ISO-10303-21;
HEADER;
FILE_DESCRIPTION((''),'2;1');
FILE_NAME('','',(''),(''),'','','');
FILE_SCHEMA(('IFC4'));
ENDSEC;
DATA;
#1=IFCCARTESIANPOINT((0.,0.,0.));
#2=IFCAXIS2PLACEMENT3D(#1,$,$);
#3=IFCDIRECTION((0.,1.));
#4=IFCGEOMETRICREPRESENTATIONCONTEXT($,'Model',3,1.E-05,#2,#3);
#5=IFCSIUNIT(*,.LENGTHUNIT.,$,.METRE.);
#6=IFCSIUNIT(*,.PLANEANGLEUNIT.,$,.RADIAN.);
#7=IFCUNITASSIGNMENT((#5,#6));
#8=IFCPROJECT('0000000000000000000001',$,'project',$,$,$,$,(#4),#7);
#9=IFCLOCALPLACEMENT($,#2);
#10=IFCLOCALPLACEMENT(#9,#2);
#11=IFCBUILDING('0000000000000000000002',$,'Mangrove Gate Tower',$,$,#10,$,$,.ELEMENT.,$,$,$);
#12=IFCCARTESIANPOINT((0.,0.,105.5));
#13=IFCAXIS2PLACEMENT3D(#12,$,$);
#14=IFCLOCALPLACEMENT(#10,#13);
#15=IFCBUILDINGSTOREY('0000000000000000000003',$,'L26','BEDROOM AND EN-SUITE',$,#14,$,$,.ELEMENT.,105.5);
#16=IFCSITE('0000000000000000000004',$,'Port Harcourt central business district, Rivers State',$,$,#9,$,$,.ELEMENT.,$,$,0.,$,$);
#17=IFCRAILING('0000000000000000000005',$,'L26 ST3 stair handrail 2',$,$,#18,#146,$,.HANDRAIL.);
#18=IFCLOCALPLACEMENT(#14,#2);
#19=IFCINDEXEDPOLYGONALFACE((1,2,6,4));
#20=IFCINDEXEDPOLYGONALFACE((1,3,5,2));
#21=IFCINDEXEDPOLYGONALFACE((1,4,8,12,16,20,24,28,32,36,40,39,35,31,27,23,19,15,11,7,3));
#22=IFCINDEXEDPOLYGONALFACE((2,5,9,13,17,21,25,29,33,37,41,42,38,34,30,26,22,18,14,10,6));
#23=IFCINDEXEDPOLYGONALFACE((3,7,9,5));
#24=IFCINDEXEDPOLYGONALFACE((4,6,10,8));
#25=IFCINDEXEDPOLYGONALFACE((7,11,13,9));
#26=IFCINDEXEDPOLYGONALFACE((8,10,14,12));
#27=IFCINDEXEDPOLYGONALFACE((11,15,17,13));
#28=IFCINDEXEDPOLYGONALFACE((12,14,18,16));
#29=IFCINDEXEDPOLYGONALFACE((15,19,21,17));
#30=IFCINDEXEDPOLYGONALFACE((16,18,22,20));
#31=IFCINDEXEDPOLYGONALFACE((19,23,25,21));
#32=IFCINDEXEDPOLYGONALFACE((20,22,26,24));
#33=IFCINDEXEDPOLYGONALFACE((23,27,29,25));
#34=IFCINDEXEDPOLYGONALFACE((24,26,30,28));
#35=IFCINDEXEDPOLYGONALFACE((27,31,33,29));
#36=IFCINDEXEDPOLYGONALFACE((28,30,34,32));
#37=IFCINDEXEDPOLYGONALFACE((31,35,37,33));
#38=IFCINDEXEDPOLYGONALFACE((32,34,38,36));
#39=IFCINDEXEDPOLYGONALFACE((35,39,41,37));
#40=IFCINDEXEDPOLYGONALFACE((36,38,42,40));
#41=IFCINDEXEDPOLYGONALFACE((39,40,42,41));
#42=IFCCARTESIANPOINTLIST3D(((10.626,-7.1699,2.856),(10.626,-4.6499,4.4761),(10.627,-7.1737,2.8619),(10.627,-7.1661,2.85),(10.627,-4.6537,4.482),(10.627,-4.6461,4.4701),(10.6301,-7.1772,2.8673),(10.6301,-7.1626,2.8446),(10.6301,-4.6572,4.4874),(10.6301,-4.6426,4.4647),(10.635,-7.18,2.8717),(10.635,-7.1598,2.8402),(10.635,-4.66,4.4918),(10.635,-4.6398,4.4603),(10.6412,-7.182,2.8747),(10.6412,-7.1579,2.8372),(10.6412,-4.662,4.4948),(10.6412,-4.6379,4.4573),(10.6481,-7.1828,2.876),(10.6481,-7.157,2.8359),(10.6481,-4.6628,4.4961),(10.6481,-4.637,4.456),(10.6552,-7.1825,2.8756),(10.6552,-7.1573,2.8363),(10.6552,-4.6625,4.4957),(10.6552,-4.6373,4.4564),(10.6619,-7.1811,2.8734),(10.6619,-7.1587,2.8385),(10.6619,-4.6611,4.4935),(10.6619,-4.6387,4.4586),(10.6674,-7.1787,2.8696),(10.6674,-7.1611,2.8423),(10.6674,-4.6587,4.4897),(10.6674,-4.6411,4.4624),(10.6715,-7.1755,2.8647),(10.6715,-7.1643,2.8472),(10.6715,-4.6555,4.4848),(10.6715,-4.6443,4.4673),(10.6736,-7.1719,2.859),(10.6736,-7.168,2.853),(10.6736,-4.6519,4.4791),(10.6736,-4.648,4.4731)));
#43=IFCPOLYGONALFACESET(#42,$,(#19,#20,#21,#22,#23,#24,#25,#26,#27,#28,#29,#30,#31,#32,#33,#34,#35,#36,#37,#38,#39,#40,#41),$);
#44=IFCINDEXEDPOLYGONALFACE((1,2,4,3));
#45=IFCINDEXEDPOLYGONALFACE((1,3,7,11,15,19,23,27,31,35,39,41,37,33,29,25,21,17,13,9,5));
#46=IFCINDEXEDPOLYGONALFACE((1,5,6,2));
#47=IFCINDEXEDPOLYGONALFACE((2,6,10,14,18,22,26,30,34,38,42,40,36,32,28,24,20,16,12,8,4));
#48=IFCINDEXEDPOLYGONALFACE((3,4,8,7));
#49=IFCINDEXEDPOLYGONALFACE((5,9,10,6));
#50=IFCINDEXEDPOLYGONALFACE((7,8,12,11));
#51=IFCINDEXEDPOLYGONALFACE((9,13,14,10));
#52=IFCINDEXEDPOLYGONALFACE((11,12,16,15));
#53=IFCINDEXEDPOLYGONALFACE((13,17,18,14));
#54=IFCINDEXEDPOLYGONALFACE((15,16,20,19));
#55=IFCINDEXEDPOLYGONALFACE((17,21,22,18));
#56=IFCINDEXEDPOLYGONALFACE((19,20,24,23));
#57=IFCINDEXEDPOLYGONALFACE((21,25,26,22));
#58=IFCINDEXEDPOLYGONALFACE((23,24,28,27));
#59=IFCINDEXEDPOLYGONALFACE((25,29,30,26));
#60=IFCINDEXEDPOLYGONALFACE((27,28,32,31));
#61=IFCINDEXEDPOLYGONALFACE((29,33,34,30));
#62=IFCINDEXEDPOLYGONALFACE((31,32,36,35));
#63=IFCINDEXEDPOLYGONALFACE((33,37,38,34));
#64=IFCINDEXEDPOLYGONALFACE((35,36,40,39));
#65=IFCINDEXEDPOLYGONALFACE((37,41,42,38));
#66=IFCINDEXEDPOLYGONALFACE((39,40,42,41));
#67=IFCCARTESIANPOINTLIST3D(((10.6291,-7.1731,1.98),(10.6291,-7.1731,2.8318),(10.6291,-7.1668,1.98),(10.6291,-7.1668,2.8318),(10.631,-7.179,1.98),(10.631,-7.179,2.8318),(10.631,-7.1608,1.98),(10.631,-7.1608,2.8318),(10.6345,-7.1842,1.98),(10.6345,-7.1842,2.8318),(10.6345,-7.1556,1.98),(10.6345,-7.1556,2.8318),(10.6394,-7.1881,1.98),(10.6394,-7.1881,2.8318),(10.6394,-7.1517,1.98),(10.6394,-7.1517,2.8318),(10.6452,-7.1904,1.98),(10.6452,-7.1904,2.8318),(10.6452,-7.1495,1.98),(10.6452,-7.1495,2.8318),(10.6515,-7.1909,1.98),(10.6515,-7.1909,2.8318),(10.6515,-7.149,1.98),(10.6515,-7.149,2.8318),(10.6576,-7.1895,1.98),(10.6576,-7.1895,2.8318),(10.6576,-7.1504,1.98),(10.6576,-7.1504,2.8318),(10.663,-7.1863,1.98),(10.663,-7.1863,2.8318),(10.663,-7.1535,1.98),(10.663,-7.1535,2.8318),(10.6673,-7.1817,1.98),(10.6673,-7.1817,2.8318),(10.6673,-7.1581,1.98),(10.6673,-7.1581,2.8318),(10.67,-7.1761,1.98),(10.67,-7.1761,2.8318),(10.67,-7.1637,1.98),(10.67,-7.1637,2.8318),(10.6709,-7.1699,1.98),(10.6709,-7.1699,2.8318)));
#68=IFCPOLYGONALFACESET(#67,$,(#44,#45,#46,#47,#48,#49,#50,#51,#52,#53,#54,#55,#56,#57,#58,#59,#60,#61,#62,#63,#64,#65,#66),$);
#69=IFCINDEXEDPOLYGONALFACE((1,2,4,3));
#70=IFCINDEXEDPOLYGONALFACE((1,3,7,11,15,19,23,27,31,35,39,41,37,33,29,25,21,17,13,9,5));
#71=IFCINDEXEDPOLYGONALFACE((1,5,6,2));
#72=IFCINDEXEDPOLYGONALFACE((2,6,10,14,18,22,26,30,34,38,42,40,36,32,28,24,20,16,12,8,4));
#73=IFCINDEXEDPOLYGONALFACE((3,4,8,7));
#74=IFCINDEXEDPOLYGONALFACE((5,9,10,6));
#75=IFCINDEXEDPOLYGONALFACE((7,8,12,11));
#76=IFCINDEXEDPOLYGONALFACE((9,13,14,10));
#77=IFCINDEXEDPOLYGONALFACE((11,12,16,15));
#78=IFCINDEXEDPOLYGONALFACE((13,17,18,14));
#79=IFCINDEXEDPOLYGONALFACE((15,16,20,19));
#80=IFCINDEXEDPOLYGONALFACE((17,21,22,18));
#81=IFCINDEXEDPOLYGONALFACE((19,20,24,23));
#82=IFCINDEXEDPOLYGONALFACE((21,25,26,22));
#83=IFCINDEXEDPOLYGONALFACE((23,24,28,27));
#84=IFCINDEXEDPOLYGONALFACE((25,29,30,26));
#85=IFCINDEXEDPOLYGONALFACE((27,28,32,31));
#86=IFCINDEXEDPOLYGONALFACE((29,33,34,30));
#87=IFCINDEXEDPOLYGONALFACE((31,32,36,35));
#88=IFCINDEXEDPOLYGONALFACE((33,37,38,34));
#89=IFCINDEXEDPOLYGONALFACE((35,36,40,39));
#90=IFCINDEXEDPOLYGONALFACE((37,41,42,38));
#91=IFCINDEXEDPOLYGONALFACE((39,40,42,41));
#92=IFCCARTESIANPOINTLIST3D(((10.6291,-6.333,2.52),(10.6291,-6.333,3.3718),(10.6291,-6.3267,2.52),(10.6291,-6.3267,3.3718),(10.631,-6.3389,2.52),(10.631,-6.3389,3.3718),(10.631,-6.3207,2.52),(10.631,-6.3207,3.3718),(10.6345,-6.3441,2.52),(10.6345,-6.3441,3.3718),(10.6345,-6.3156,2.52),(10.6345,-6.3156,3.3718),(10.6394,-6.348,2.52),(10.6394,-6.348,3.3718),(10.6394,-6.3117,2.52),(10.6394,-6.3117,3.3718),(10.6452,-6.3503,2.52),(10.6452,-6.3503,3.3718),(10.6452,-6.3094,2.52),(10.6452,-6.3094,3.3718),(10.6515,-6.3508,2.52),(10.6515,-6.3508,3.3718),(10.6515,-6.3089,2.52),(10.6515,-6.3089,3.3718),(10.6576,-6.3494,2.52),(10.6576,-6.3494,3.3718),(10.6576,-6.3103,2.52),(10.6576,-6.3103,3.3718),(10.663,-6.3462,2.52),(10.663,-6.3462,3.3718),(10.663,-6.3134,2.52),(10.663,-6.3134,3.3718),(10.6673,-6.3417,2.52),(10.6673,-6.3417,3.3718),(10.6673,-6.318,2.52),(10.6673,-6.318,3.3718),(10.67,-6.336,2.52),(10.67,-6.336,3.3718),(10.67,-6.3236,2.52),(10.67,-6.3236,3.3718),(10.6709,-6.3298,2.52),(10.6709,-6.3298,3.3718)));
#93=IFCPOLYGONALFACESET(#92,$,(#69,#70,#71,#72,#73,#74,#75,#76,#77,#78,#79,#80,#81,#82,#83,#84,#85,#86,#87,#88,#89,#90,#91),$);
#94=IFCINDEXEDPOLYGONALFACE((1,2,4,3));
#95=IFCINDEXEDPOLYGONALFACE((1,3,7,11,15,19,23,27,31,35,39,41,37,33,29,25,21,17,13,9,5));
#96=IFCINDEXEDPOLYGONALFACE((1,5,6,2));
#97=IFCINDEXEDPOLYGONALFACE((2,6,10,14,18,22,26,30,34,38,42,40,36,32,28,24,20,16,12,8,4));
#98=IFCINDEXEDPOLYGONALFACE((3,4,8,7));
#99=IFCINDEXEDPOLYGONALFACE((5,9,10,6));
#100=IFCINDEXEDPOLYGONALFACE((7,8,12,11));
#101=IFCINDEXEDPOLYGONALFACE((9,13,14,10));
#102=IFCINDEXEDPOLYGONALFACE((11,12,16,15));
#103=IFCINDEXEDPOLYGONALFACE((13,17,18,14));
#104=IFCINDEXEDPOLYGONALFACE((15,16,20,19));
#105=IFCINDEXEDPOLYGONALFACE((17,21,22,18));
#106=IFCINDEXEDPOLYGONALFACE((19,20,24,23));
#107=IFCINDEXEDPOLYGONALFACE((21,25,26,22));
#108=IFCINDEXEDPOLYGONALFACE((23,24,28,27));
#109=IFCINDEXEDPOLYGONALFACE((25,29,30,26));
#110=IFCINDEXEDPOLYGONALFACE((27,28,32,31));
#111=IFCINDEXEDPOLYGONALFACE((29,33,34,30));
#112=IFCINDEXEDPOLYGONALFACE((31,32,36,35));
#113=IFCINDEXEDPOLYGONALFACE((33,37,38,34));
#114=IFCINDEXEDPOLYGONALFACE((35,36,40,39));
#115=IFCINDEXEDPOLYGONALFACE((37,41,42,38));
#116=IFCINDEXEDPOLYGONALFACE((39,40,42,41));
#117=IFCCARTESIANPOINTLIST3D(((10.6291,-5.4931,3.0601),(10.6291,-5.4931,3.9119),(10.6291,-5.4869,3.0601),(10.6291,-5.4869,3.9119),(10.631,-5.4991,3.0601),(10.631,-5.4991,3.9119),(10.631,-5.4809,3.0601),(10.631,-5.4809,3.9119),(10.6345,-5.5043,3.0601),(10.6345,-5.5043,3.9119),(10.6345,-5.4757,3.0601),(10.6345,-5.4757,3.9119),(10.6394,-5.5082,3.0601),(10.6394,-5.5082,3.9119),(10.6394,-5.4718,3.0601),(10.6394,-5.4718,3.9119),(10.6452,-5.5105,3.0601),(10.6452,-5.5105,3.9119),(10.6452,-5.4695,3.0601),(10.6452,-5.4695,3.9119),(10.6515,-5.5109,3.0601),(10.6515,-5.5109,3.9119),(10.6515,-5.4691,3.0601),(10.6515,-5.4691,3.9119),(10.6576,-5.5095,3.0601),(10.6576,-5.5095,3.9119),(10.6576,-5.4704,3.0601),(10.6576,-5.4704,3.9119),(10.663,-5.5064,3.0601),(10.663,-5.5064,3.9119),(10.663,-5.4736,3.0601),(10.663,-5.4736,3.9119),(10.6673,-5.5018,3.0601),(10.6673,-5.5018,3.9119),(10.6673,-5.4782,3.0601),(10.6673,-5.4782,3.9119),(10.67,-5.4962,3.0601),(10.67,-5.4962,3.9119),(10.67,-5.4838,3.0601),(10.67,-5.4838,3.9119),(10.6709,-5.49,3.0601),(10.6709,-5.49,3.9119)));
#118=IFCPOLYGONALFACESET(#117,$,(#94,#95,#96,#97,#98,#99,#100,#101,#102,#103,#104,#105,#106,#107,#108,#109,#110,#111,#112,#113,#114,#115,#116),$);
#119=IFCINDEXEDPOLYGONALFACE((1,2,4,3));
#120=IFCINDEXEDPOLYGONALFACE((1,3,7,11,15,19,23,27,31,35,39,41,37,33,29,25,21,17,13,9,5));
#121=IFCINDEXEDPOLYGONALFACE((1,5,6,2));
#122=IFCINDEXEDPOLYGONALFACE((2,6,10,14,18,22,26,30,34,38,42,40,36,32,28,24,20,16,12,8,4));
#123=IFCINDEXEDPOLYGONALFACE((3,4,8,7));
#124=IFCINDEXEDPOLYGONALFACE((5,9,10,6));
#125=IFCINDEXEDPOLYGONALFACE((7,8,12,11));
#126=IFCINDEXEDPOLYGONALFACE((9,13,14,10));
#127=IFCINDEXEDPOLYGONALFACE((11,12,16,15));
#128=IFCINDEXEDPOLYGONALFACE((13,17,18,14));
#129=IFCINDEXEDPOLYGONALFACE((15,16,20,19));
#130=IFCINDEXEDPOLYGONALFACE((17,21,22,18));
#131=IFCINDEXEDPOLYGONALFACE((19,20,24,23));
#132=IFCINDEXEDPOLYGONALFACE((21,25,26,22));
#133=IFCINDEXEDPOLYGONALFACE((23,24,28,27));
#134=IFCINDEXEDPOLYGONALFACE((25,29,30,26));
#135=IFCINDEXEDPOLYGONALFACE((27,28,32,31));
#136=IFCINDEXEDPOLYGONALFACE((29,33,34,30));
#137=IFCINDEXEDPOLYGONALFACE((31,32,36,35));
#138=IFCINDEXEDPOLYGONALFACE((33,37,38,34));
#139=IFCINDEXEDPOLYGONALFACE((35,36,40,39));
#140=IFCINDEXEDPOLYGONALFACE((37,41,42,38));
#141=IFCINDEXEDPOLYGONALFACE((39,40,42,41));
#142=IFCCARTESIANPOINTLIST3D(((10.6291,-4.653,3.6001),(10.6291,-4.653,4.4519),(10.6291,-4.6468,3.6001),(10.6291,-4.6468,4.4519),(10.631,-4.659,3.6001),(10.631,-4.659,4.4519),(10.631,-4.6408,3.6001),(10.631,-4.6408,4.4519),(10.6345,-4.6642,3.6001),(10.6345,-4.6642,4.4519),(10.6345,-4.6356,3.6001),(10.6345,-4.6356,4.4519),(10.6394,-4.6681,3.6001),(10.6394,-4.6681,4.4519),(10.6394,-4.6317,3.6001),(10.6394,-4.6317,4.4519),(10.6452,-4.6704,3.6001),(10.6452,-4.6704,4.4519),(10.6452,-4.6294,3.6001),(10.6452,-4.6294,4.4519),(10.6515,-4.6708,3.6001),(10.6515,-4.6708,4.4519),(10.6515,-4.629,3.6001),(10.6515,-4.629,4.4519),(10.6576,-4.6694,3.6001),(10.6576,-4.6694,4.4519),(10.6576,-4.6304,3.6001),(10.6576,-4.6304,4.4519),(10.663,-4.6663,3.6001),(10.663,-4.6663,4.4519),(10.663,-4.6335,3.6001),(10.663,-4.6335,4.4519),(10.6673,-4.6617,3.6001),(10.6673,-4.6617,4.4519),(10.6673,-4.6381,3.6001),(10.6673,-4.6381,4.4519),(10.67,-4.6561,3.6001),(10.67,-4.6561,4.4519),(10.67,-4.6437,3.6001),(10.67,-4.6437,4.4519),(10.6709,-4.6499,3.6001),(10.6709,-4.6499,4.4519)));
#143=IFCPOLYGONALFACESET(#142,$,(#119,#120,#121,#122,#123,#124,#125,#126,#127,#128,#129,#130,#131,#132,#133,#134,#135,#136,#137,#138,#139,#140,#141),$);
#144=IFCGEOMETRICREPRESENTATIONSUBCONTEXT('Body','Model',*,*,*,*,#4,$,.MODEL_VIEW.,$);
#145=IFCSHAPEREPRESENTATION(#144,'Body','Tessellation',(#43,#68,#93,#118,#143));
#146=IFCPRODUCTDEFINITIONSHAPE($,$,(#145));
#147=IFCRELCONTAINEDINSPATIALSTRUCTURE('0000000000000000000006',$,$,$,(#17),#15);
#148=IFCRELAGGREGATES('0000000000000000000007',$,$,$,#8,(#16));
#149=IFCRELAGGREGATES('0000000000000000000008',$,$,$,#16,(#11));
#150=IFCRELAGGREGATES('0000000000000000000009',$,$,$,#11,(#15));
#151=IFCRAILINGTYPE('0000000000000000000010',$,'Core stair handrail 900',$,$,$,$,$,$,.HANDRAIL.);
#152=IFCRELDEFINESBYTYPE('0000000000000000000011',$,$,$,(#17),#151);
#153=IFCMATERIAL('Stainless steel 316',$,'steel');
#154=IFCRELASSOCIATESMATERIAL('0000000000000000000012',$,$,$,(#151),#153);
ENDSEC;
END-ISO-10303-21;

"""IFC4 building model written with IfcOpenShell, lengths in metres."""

from ifc_helpers import new_model, si_unit, direction, frame, origin, origin_2d, place, context, subcontext, project, spatial, circle, extrude, material, type_object, element, save


model = new_model("IFC4")

# Units and contexts
model_context = context("Model", 3, precision=1e-05, world=origin(), true_north=direction((0.0, 1.0)))
body_context = subcontext(model_context, "Body", "Model", "MODEL_VIEW")
ifc_project = project(units=[si_unit("LENGTHUNIT", "METRE"), si_unit("PLANEANGLEUNIT", "RADIAN")], contexts=[model_context])

# Site, building, storey
site_placement = place(None, origin())
site = spatial("IfcSite", under=ifc_project, at=site_placement, Name="Port Harcourt central business district, Rivers State", CompositionType="ELEMENT", RefElevation=0.0)
building_placement = place(site_placement, origin())
building = spatial("IfcBuilding", under=site, at=building_placement, Name="Mangrove Gate Tower", CompositionType="ELEMENT")
storey_placement = place(building_placement, frame((0.0, 0.0, 105.5)))
storey = spatial("IfcBuildingStorey", under=building, at=storey_placement, Name="L26", Description="BEDROOM AND EN-SUITE", CompositionType="ELEMENT", Elevation=105.5)

# Railing
ifc_material_1 = material(Name="Stainless steel 316", Category="steel")
railing_type_1 = type_object("IfcRailingType", Name="Core stair handrail 900", PredefinedType="HANDRAIL", material=ifc_material_1)
railing_1_placement = place(storey_placement, frame((10.6499, -7.1699, 1.98)))
element("IfcRailing", 1, at=railing_1_placement, inside=storey, type_object=railing_type_1, Name="L26 ST3 stair handrail 2", PredefinedType="HANDRAIL", context=body_context, shape_type="SweptSolid", body=[
    extrude(circle(Radius=0.0239, at=origin_2d()), frame((0.0, 0.0, 0.876), z_axis=(0.0, 0.841163, 0.540782), x_axis=(-1.0, 0.0, 0.0)), (0.0, 0.0, 1.0), 2.9958),
    extrude(circle(Radius=0.021, at=origin_2d()), origin(), (0.0, 0.0, 1.0), 0.8518),
    extrude(circle(Radius=0.021, at=origin_2d()), frame((0.0, 0.8401, 0.54)), (0.0, 0.0, 1.0), 0.8518),
    extrude(circle(Radius=0.021, at=origin_2d()), frame((0.0, 1.6799, 1.0801)), (0.0, 0.0, 1.0), 0.8518),
    extrude(circle(Radius=0.021, at=origin_2d()), frame((0.0, 2.52, 1.6201)), (0.0, 0.0, 1.0), 0.8518),
])

save(model, "model.ifc")
